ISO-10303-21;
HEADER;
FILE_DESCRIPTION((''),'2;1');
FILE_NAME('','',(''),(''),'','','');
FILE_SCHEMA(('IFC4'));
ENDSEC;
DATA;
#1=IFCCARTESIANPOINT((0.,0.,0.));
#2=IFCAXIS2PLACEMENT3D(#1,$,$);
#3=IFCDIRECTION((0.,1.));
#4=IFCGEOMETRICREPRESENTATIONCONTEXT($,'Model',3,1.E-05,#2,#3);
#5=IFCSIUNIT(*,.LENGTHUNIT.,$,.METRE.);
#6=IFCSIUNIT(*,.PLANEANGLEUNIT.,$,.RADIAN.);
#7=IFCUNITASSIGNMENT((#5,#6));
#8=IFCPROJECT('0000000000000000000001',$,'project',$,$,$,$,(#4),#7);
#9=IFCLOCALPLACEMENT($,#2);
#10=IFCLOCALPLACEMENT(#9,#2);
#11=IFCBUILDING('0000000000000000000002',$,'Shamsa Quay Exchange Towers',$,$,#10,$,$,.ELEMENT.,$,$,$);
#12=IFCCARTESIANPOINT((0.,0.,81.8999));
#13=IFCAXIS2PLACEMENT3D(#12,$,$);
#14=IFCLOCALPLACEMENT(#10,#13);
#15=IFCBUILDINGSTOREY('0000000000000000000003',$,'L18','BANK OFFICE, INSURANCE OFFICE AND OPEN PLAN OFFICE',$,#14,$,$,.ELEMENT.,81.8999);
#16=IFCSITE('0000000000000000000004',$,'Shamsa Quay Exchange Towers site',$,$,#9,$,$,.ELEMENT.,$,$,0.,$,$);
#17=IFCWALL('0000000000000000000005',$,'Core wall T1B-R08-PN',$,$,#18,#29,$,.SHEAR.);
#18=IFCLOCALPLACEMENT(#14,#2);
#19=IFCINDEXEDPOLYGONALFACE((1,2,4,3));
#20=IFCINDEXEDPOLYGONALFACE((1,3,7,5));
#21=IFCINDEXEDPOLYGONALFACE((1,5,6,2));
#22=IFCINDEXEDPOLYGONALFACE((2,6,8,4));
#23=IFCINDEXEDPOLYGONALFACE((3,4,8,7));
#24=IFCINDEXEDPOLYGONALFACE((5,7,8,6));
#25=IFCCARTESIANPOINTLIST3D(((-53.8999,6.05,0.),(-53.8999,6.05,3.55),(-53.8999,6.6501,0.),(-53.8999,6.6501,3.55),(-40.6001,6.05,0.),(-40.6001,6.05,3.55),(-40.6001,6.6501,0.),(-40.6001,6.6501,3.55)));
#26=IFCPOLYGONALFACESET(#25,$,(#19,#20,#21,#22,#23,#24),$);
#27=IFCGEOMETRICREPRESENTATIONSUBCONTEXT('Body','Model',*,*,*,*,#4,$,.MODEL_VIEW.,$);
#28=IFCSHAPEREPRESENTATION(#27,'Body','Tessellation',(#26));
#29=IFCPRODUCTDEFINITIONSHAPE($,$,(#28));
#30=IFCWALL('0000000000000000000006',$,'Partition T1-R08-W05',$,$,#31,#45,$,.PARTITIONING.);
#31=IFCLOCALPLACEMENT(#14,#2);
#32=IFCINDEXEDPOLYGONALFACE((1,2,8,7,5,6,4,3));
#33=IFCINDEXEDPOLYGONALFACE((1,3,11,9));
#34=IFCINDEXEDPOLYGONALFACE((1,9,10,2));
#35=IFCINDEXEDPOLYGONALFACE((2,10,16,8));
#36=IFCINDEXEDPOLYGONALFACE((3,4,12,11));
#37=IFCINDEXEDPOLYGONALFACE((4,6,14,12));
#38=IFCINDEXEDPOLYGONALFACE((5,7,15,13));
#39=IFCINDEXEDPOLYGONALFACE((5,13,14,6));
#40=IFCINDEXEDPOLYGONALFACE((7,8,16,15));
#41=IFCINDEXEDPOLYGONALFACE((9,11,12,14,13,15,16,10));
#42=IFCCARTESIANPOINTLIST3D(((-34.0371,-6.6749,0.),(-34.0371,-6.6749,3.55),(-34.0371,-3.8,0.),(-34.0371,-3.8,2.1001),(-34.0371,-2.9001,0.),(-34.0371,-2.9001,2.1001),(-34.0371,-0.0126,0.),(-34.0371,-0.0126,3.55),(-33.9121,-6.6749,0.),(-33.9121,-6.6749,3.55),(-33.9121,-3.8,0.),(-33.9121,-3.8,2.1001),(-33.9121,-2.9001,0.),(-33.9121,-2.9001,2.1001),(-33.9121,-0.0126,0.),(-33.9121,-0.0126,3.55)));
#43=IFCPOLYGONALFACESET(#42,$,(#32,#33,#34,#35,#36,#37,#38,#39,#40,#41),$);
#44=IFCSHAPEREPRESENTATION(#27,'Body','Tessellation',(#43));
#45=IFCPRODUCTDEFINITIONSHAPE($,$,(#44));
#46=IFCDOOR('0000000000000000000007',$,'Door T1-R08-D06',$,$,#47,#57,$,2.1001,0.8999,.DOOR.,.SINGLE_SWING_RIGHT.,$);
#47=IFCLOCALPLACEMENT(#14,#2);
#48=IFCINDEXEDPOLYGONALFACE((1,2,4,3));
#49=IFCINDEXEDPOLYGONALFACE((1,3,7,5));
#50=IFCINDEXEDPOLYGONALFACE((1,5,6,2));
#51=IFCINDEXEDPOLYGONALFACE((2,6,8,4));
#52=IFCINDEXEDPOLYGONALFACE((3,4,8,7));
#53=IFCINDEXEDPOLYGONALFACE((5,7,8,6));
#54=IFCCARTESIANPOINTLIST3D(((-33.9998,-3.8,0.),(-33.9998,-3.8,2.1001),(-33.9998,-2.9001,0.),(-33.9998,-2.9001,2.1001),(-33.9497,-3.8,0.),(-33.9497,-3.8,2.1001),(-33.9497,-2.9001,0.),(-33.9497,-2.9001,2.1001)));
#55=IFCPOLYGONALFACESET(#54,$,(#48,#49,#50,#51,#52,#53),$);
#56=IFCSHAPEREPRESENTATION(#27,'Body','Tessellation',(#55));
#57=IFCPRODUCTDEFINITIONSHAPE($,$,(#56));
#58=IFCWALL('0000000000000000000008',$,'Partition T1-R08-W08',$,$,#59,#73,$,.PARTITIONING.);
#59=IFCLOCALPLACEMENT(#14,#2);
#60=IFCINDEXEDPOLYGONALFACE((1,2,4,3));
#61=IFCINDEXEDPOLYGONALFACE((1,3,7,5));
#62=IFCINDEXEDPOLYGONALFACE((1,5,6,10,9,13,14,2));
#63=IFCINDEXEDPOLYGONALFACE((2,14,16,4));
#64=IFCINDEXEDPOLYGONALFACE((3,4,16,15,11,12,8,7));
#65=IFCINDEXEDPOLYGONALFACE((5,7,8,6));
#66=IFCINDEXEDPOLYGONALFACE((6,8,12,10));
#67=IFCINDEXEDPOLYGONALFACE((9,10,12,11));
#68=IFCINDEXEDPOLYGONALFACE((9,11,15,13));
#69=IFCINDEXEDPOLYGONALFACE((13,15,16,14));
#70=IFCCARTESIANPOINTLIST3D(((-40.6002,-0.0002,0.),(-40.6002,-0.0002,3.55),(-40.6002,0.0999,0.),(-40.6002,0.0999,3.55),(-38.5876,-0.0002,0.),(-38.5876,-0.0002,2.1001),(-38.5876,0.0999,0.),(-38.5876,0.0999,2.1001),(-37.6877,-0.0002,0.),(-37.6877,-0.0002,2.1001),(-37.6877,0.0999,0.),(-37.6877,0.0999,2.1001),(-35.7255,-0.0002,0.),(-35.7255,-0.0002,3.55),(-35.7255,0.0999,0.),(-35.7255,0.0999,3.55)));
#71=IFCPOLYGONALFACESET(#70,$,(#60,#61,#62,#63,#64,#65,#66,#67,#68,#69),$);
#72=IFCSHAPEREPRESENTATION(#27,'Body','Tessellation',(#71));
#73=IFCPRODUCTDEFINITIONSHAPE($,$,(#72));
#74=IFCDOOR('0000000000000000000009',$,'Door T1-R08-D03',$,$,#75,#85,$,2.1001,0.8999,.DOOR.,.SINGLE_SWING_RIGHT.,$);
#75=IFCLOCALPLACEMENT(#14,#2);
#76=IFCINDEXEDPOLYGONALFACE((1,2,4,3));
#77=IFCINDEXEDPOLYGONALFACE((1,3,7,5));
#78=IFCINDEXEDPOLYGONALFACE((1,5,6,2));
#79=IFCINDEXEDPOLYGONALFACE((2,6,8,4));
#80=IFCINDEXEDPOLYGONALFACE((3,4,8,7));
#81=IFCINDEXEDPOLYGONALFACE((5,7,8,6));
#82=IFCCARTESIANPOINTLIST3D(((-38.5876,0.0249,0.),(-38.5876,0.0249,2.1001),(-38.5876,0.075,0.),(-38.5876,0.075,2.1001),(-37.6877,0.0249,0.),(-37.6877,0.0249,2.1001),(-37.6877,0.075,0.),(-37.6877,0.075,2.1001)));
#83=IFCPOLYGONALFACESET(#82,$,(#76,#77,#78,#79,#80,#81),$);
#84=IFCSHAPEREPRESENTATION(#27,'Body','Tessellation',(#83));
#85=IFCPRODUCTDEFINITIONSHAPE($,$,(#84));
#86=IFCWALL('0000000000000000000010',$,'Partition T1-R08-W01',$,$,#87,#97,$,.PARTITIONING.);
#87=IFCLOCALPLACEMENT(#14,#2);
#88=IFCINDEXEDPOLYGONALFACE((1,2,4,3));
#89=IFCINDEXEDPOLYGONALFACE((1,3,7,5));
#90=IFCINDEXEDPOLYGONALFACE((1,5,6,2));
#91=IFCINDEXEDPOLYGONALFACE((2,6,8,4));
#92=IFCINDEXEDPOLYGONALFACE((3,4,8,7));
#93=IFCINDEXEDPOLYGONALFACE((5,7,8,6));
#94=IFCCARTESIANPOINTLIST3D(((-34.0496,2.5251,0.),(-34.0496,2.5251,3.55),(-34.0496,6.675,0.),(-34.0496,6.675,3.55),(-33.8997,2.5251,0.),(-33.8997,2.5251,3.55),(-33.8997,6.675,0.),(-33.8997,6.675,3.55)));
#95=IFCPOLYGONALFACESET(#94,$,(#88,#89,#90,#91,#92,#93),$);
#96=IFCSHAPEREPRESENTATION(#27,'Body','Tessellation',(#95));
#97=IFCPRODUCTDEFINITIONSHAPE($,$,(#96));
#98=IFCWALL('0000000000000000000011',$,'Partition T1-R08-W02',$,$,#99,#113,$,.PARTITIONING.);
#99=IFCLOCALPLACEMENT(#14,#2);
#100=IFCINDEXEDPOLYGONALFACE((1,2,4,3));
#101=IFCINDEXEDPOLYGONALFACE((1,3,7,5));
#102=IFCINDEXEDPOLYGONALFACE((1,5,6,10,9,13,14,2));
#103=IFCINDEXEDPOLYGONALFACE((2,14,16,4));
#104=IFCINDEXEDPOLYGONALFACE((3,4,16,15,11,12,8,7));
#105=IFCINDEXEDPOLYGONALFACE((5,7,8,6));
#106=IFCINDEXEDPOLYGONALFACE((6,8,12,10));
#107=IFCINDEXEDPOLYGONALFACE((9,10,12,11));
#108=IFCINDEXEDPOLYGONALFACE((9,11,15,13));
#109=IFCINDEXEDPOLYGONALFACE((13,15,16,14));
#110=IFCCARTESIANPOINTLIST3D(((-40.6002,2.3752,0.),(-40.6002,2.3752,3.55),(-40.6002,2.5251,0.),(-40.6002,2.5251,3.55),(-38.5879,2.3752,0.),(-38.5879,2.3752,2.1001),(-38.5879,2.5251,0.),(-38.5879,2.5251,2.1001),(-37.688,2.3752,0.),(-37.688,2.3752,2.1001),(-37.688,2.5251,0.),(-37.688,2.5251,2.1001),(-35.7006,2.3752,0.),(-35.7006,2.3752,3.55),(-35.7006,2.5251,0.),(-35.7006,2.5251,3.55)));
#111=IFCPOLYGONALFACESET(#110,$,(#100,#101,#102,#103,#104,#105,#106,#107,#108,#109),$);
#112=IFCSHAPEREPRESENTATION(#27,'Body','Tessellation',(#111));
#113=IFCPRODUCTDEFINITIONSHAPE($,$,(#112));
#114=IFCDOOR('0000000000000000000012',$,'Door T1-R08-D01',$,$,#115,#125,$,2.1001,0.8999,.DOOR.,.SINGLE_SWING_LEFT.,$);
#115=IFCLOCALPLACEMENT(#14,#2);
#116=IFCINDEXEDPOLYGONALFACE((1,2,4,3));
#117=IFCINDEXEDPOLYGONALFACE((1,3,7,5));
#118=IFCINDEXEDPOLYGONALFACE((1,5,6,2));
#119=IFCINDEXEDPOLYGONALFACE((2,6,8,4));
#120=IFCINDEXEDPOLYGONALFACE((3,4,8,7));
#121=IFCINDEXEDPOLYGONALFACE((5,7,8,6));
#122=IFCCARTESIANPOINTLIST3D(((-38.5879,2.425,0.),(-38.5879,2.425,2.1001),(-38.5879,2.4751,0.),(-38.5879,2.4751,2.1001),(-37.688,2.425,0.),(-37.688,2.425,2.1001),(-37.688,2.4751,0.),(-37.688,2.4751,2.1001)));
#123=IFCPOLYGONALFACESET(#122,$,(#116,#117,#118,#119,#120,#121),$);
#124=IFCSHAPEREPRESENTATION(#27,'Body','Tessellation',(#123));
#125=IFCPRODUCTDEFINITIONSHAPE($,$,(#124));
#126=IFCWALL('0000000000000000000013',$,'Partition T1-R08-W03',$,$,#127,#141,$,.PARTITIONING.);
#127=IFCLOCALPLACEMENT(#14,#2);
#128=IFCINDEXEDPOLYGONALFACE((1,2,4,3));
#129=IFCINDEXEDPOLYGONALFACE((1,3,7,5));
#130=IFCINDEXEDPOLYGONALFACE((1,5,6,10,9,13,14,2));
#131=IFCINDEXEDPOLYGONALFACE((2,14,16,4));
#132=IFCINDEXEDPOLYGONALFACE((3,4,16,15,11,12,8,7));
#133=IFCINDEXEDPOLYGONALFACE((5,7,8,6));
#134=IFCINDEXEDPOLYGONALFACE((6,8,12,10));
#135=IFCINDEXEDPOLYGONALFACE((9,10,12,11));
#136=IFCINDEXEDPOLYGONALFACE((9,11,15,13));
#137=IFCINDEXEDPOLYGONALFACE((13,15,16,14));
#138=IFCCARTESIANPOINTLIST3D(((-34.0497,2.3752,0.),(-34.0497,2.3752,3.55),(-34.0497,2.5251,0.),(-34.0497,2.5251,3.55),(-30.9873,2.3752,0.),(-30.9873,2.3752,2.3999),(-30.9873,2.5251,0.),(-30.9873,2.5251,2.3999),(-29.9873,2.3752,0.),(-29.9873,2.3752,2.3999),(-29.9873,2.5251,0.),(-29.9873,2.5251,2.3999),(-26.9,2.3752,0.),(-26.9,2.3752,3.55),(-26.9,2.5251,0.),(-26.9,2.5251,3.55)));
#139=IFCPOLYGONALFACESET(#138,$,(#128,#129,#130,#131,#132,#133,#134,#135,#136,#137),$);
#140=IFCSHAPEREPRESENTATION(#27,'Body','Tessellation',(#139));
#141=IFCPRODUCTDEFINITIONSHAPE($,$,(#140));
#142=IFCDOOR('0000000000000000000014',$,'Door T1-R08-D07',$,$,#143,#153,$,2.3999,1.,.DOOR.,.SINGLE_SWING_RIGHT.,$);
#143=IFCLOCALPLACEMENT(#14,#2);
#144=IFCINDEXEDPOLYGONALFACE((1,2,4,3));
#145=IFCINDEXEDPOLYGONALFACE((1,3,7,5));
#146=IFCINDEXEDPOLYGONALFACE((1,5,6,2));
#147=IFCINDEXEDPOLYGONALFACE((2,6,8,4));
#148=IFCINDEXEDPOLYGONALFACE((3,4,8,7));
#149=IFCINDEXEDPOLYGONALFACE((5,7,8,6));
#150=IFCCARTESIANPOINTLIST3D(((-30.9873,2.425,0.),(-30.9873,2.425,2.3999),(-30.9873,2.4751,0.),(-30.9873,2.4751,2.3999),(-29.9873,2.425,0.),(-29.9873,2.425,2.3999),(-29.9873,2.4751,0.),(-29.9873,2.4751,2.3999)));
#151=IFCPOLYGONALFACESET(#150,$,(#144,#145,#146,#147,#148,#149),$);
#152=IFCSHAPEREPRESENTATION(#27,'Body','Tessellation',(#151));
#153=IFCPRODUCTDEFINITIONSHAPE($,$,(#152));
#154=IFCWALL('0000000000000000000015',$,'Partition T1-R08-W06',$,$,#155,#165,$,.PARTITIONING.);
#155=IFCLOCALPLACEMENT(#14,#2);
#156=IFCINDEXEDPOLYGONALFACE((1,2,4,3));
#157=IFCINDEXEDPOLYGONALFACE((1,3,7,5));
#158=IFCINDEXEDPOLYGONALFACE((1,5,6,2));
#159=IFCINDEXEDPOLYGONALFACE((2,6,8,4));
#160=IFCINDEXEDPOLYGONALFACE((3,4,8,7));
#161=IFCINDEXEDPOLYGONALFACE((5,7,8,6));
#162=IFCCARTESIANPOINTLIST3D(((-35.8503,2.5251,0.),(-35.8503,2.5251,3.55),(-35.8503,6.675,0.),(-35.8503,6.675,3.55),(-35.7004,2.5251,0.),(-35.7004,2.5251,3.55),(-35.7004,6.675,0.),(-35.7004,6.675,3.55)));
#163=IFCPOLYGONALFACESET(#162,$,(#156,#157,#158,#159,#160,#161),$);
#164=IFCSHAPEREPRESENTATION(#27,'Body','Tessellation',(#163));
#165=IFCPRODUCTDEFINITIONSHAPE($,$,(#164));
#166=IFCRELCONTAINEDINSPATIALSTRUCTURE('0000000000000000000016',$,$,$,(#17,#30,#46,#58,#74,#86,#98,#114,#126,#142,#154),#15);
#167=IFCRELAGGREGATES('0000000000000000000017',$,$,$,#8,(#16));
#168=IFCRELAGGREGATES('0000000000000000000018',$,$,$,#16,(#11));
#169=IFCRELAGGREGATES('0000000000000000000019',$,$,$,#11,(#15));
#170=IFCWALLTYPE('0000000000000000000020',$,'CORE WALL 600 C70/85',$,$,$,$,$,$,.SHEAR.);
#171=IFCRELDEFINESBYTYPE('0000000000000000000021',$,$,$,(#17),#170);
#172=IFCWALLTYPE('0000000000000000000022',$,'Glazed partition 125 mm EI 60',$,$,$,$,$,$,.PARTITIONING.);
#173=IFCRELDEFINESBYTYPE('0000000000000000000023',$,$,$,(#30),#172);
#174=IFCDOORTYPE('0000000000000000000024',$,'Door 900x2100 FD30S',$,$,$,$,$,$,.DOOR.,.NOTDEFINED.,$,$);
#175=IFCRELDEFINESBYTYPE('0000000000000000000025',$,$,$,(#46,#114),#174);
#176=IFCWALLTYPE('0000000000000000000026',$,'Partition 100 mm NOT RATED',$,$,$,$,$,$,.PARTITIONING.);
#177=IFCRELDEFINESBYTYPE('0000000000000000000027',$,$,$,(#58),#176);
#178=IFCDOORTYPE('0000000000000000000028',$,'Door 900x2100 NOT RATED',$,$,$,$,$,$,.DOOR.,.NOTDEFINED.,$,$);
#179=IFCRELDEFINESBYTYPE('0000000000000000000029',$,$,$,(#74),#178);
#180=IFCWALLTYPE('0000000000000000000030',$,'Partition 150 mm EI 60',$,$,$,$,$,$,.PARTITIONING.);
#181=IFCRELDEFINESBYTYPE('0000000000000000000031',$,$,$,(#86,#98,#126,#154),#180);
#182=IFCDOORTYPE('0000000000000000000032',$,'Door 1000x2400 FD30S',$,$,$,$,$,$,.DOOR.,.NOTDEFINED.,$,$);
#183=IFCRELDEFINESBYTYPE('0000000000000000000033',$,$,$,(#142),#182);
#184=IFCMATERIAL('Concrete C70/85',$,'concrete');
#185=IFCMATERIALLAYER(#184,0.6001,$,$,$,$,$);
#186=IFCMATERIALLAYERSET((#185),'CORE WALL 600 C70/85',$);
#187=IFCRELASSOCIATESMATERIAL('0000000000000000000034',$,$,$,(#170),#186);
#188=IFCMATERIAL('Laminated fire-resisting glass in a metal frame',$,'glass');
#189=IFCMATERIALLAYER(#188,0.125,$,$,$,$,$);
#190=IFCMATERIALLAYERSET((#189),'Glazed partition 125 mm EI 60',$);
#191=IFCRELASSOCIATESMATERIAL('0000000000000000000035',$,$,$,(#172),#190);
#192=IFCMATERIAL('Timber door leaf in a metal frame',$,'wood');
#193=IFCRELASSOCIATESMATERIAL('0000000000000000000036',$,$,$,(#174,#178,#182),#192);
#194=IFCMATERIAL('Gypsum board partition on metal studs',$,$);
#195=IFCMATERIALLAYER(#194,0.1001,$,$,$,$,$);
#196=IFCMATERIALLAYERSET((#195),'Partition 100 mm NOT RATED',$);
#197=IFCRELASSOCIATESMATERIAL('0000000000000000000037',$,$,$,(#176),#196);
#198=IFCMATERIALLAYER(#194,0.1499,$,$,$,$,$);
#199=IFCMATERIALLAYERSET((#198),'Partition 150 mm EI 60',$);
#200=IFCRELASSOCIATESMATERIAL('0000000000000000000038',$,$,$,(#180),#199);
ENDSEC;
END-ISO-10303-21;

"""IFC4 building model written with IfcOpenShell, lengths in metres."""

from ifc_helpers import new_model, si_unit, direction, frame, frame_2d, origin, place, context, subcontext, project, spatial, rectangle, extrude, material, layer, layer_set, type_object, element, fill, save


model = new_model("IFC4")

# Units and contexts
model_context = context("Model", 3, precision=1e-05, world=origin(), true_north=direction((0.0, 1.0)))
body_context = subcontext(model_context, "Body", "Model", "MODEL_VIEW")
ifc_project = project(units=[si_unit("LENGTHUNIT", "METRE"), si_unit("PLANEANGLEUNIT", "RADIAN")], contexts=[model_context])

# Site, building, storey
site_placement = place(None, origin())
site = spatial("IfcSite", under=ifc_project, at=site_placement, Name="Shamsa Quay Exchange Towers site", CompositionType="ELEMENT", RefElevation=0.0)
building_placement = place(site_placement, origin())
building = spatial("IfcBuilding", under=site, at=building_placement, Name="Shamsa Quay Exchange Towers", CompositionType="ELEMENT")
storey_placement = place(building_placement, frame((0.0, 0.0, 81.8999)))
storey = spatial("IfcBuildingStorey", under=building, at=storey_placement, Name="L18", Description="BANK OFFICE, INSURANCE OFFICE AND OPEN PLAN OFFICE", CompositionType="ELEMENT", Elevation=81.8999)

# Wall
ifc_material_1 = material(Name="Concrete C70/85", Category="concrete")
ifc_layer_1 = layer(ifc_material_1, 0.6001)
ifc_layer_set_1 = layer_set([ifc_layer_1], Name="CORE WALL 600 C70/85")
wall_type_1 = type_object("IfcWallType", Name="CORE WALL 600 C70/85", PredefinedType="SHEAR", material=ifc_layer_set_1)
wall_1_placement = place(storey_placement, frame((-40.6001, 6.3501, 0.0), z_axis=(0.0, 0.0, 1.0), x_axis=(-1.0, 0.0, 0.0)))
element("IfcWall", 1, at=wall_1_placement, inside=storey, type_object=wall_type_1, Name="Core wall T1B-R08-PN", PredefinedType="SHEAR", context=body_context, shape_type="SweptSolid", body=[
    extrude(rectangle(XDim=13.2998, YDim=0.6001, at=frame_2d((6.6499, 0.0))), origin(), (0.0, 0.0, 1.0), 3.55),
])

# Walls, openings, doors
ifc_material_2 = material(Name="Laminated fire-resisting glass in a metal frame", Category="glass")
ifc_layer_2 = layer(ifc_material_2, 0.125)
ifc_layer_set_2 = layer_set([ifc_layer_2], Name="Glazed partition 125 mm EI 60")
wall_type_2 = type_object("IfcWallType", Name="Glazed partition 125 mm EI 60", PredefinedType="PARTITIONING", material=ifc_layer_set_2)
wall_2_placement = place(storey_placement, frame((-33.9746, -0.0127, 0.0), z_axis=(0.0, 0.0, 1.0), x_axis=(0.0, -1.0, 0.0)))
wall_2 = element("IfcWall", 2, at=wall_2_placement, inside=storey, type_object=wall_type_2, Name="Partition T1-R08-W05", PredefinedType="PARTITIONING", context=body_context, shape_type="SweptSolid", body=[
    extrude(rectangle(XDim=6.6624, YDim=0.125, at=frame_2d((3.3311, 0.0))), origin(), (0.0, 0.0, 1.0), 3.55),
])
opening_1_placement = place(wall_2_placement, frame((2.8875, 0.0, 0.0)))
opening_1 = element("IfcOpeningElement", 3, at=opening_1_placement, cuts=wall_2, PredefinedType="OPENING", context=body_context, shape_type="SweptSolid", body=[
    extrude(rectangle(XDim=0.8999, YDim=2.1001, at=frame_2d((0.45, 1.05))), frame((0.0, 0.0725, 0.0), z_axis=(0.0, -1.0, 0.0), x_axis=(1.0, 0.0, 0.0)), (0.0, 0.0, 1.0), 0.145),
])
ifc_material_3 = material(Name="Timber door leaf in a metal frame", Category="wood")
door_type_1 = type_object("IfcDoorType", Name="Door 900x2100 FD30S", OperationType="NOTDEFINED", PredefinedType="DOOR", material=ifc_material_3)
door_1_placement = place(opening_1_placement, origin())
door_1 = element("IfcDoor", 4, at=door_1_placement, inside=storey, type_object=door_type_1, Name="Door T1-R08-D06", OperationType="SINGLE_SWING_RIGHT", OverallHeight=2.1001, OverallWidth=0.8999, PredefinedType="DOOR", context=body_context, shape_type="SweptSolid", body=[
    extrude(rectangle(XDim=0.8999, YDim=2.1001, at=frame_2d((0.45, 1.05))), frame((0.0, 0.0249, 0.0), z_axis=(0.0, -1.0, 0.0), x_axis=(1.0, 0.0, 0.0)), (0.0, 0.0, 1.0), 0.05),
])
fill(opening_1, door_1)
ifc_material_4 = material(Name="Gypsum board partition on metal studs")
ifc_layer_3 = layer(ifc_material_4, 0.1001)
ifc_layer_set_3 = layer_set([ifc_layer_3], Name="Partition 100 mm NOT RATED")
wall_type_3 = type_object("IfcWallType", Name="Partition 100 mm NOT RATED", PredefinedType="PARTITIONING", material=ifc_layer_set_3)
wall_3_placement = place(storey_placement, frame((-35.7253, 0.0498, 0.0), z_axis=(0.0, 0.0, 1.0), x_axis=(-1.0, 0.0, 0.0)))
wall_3 = element("IfcWall", 5, at=wall_3_placement, inside=storey, type_object=wall_type_3, Name="Partition T1-R08-W08", PredefinedType="PARTITIONING", context=body_context, shape_type="SweptSolid", body=[
    extrude(rectangle(XDim=4.8748, YDim=0.1001, at=frame_2d((2.4375, 0.0))), origin(), (0.0, 0.0, 1.0), 3.55),
])
opening_2_placement = place(wall_3_placement, frame((1.9624, 0.0, 0.0)))
opening_2 = element("IfcOpeningElement", 6, at=opening_2_placement, cuts=wall_3, PredefinedType="OPENING", context=body_context, shape_type="SweptSolid", body=[
    extrude(rectangle(XDim=0.8999, YDim=2.1001, at=frame_2d((0.45, 1.05))), frame((0.0, 0.0601, 0.0), z_axis=(0.0, -1.0, 0.0), x_axis=(1.0, 0.0, 0.0)), (0.0, 0.0, 1.0), 0.1201),
])
door_type_2 = type_object("IfcDoorType", Name="Door 900x2100 NOT RATED", OperationType="NOTDEFINED", PredefinedType="DOOR", material=ifc_material_3)
door_2_placement = place(opening_2_placement, origin())
door_2 = element("IfcDoor", 7, at=door_2_placement, inside=storey, type_object=door_type_2, Name="Door T1-R08-D03", OperationType="SINGLE_SWING_RIGHT", OverallHeight=2.1001, OverallWidth=0.8999, PredefinedType="DOOR", context=body_context, shape_type="SweptSolid", body=[
    extrude(rectangle(XDim=0.8999, YDim=2.1001, at=frame_2d((0.45, 1.05))), frame((0.0, 0.0249, 0.0), z_axis=(0.0, -1.0, 0.0), x_axis=(1.0, 0.0, 0.0)), (0.0, 0.0, 1.0), 0.05),
])
fill(opening_2, door_2)

# Wall
ifc_layer_4 = layer(ifc_material_4, 0.1499)
ifc_layer_set_4 = layer_set([ifc_layer_4], Name="Partition 150 mm EI 60")
wall_type_4 = type_object("IfcWallType", Name="Partition 150 mm EI 60", PredefinedType="PARTITIONING", material=ifc_layer_set_4)
wall_4_placement = place(storey_placement, frame((-33.9746, 6.675, 0.0), z_axis=(0.0, 0.0, 1.0), x_axis=(0.0, -1.0, 0.0)))
element("IfcWall", 8, at=wall_4_placement, inside=storey, type_object=wall_type_4, Name="Partition T1-R08-W01", PredefinedType="PARTITIONING", context=body_context, shape_type="SweptSolid", body=[
    extrude(rectangle(XDim=4.1499, YDim=0.1499, at=frame_2d((2.075, 0.0))), origin(), (0.0, 0.0, 1.0), 3.55),
])

# Walls, openings, doors
wall_5_placement = place(storey_placement, frame((-40.6001, 2.4502, 0.0)))
wall_5 = element("IfcWall", 9, at=wall_5_placement, inside=storey, type_object=wall_type_4, Name="Partition T1-R08-W02", PredefinedType="PARTITIONING", context=body_context, shape_type="SweptSolid", body=[
    extrude(rectangle(XDim=4.8997, YDim=0.1499, at=frame_2d((2.4497, 0.0))), origin(), (0.0, 0.0, 1.0), 3.55),
])
opening_3_placement = place(wall_5_placement, frame((2.0122, 0.0, 0.0)))
opening_3 = element("IfcOpeningElement", 10, at=opening_3_placement, cuts=wall_5, PredefinedType="OPENING", context=body_context, shape_type="SweptSolid", body=[
    extrude(rectangle(XDim=0.8999, YDim=2.1001, at=frame_2d((0.45, 1.05))), frame((0.0, 0.085, 0.0), z_axis=(0.0, -1.0, 0.0), x_axis=(1.0, 0.0, 0.0)), (0.0, 0.0, 1.0), 0.1699),
])
door_3_placement = place(opening_3_placement, origin())
door_3 = element("IfcDoor", 11, at=door_3_placement, inside=storey, type_object=door_type_1, Name="Door T1-R08-D01", OperationType="SINGLE_SWING_LEFT", OverallHeight=2.1001, OverallWidth=0.8999, PredefinedType="DOOR", context=body_context, shape_type="SweptSolid", body=[
    extrude(rectangle(XDim=0.8999, YDim=2.1001, at=frame_2d((0.45, 1.05))), frame((0.0, 0.0249, 0.0), z_axis=(0.0, -1.0, 0.0), x_axis=(1.0, 0.0, 0.0)), (0.0, 0.0, 1.0), 0.05),
])
fill(opening_3, door_3)
wall_6_placement = place(storey_placement, frame((-34.0496, 2.4502, 0.0)))
wall_6 = element("IfcWall", 12, at=wall_6_placement, inside=storey, type_object=wall_type_4, Name="Partition T1-R08-W03", PredefinedType="PARTITIONING", context=body_context, shape_type="SweptSolid", body=[
    extrude(rectangle(XDim=7.1497, YDim=0.1499, at=frame_2d((3.5747, 0.0))), origin(), (0.0, 0.0, 1.0), 3.55),
])
opening_4_placement = place(wall_6_placement, frame((3.0623, 0.0, 0.0)))
opening_4 = element("IfcOpeningElement", 13, at=opening_4_placement, cuts=wall_6, PredefinedType="OPENING", context=body_context, shape_type="SweptSolid", body=[
    extrude(rectangle(XDim=1.0, YDim=2.3999, at=frame_2d((0.5, 1.2))), frame((0.0, 0.085, 0.0), z_axis=(0.0, -1.0, 0.0), x_axis=(1.0, 0.0, 0.0)), (0.0, 0.0, 1.0), 0.1699),
])
door_type_3 = type_object("IfcDoorType", Name="Door 1000x2400 FD30S", OperationType="NOTDEFINED", PredefinedType="DOOR", material=ifc_material_3)
door_4_placement = place(opening_4_placement, origin())
door_4 = element("IfcDoor", 14, at=door_4_placement, inside=storey, type_object=door_type_3, Name="Door T1-R08-D07", OperationType="SINGLE_SWING_RIGHT", OverallHeight=2.3999, OverallWidth=1.0, PredefinedType="DOOR", context=body_context, shape_type="SweptSolid", body=[
    extrude(rectangle(XDim=1.0, YDim=2.3999, at=frame_2d((0.5, 1.2))), frame((0.0, 0.0249, 0.0), z_axis=(0.0, -1.0, 0.0), x_axis=(1.0, 0.0, 0.0)), (0.0, 0.0, 1.0), 0.05),
])
fill(opening_4, door_4)

# Wall
wall_7_placement = place(storey_placement, frame((-35.7754, 2.5251, 0.0), z_axis=(0.0, 0.0, 1.0), x_axis=(0.0, 1.0, 0.0)))
element("IfcWall", 15, at=wall_7_placement, inside=storey, type_object=wall_type_4, Name="Partition T1-R08-W06", PredefinedType="PARTITIONING", context=body_context, shape_type="SweptSolid", body=[
    extrude(rectangle(XDim=4.1499, YDim=0.1499, at=frame_2d((2.075, 0.0))), origin(), (0.0, 0.0, 1.0), 3.55),
])

save(model, "model.ifc")
